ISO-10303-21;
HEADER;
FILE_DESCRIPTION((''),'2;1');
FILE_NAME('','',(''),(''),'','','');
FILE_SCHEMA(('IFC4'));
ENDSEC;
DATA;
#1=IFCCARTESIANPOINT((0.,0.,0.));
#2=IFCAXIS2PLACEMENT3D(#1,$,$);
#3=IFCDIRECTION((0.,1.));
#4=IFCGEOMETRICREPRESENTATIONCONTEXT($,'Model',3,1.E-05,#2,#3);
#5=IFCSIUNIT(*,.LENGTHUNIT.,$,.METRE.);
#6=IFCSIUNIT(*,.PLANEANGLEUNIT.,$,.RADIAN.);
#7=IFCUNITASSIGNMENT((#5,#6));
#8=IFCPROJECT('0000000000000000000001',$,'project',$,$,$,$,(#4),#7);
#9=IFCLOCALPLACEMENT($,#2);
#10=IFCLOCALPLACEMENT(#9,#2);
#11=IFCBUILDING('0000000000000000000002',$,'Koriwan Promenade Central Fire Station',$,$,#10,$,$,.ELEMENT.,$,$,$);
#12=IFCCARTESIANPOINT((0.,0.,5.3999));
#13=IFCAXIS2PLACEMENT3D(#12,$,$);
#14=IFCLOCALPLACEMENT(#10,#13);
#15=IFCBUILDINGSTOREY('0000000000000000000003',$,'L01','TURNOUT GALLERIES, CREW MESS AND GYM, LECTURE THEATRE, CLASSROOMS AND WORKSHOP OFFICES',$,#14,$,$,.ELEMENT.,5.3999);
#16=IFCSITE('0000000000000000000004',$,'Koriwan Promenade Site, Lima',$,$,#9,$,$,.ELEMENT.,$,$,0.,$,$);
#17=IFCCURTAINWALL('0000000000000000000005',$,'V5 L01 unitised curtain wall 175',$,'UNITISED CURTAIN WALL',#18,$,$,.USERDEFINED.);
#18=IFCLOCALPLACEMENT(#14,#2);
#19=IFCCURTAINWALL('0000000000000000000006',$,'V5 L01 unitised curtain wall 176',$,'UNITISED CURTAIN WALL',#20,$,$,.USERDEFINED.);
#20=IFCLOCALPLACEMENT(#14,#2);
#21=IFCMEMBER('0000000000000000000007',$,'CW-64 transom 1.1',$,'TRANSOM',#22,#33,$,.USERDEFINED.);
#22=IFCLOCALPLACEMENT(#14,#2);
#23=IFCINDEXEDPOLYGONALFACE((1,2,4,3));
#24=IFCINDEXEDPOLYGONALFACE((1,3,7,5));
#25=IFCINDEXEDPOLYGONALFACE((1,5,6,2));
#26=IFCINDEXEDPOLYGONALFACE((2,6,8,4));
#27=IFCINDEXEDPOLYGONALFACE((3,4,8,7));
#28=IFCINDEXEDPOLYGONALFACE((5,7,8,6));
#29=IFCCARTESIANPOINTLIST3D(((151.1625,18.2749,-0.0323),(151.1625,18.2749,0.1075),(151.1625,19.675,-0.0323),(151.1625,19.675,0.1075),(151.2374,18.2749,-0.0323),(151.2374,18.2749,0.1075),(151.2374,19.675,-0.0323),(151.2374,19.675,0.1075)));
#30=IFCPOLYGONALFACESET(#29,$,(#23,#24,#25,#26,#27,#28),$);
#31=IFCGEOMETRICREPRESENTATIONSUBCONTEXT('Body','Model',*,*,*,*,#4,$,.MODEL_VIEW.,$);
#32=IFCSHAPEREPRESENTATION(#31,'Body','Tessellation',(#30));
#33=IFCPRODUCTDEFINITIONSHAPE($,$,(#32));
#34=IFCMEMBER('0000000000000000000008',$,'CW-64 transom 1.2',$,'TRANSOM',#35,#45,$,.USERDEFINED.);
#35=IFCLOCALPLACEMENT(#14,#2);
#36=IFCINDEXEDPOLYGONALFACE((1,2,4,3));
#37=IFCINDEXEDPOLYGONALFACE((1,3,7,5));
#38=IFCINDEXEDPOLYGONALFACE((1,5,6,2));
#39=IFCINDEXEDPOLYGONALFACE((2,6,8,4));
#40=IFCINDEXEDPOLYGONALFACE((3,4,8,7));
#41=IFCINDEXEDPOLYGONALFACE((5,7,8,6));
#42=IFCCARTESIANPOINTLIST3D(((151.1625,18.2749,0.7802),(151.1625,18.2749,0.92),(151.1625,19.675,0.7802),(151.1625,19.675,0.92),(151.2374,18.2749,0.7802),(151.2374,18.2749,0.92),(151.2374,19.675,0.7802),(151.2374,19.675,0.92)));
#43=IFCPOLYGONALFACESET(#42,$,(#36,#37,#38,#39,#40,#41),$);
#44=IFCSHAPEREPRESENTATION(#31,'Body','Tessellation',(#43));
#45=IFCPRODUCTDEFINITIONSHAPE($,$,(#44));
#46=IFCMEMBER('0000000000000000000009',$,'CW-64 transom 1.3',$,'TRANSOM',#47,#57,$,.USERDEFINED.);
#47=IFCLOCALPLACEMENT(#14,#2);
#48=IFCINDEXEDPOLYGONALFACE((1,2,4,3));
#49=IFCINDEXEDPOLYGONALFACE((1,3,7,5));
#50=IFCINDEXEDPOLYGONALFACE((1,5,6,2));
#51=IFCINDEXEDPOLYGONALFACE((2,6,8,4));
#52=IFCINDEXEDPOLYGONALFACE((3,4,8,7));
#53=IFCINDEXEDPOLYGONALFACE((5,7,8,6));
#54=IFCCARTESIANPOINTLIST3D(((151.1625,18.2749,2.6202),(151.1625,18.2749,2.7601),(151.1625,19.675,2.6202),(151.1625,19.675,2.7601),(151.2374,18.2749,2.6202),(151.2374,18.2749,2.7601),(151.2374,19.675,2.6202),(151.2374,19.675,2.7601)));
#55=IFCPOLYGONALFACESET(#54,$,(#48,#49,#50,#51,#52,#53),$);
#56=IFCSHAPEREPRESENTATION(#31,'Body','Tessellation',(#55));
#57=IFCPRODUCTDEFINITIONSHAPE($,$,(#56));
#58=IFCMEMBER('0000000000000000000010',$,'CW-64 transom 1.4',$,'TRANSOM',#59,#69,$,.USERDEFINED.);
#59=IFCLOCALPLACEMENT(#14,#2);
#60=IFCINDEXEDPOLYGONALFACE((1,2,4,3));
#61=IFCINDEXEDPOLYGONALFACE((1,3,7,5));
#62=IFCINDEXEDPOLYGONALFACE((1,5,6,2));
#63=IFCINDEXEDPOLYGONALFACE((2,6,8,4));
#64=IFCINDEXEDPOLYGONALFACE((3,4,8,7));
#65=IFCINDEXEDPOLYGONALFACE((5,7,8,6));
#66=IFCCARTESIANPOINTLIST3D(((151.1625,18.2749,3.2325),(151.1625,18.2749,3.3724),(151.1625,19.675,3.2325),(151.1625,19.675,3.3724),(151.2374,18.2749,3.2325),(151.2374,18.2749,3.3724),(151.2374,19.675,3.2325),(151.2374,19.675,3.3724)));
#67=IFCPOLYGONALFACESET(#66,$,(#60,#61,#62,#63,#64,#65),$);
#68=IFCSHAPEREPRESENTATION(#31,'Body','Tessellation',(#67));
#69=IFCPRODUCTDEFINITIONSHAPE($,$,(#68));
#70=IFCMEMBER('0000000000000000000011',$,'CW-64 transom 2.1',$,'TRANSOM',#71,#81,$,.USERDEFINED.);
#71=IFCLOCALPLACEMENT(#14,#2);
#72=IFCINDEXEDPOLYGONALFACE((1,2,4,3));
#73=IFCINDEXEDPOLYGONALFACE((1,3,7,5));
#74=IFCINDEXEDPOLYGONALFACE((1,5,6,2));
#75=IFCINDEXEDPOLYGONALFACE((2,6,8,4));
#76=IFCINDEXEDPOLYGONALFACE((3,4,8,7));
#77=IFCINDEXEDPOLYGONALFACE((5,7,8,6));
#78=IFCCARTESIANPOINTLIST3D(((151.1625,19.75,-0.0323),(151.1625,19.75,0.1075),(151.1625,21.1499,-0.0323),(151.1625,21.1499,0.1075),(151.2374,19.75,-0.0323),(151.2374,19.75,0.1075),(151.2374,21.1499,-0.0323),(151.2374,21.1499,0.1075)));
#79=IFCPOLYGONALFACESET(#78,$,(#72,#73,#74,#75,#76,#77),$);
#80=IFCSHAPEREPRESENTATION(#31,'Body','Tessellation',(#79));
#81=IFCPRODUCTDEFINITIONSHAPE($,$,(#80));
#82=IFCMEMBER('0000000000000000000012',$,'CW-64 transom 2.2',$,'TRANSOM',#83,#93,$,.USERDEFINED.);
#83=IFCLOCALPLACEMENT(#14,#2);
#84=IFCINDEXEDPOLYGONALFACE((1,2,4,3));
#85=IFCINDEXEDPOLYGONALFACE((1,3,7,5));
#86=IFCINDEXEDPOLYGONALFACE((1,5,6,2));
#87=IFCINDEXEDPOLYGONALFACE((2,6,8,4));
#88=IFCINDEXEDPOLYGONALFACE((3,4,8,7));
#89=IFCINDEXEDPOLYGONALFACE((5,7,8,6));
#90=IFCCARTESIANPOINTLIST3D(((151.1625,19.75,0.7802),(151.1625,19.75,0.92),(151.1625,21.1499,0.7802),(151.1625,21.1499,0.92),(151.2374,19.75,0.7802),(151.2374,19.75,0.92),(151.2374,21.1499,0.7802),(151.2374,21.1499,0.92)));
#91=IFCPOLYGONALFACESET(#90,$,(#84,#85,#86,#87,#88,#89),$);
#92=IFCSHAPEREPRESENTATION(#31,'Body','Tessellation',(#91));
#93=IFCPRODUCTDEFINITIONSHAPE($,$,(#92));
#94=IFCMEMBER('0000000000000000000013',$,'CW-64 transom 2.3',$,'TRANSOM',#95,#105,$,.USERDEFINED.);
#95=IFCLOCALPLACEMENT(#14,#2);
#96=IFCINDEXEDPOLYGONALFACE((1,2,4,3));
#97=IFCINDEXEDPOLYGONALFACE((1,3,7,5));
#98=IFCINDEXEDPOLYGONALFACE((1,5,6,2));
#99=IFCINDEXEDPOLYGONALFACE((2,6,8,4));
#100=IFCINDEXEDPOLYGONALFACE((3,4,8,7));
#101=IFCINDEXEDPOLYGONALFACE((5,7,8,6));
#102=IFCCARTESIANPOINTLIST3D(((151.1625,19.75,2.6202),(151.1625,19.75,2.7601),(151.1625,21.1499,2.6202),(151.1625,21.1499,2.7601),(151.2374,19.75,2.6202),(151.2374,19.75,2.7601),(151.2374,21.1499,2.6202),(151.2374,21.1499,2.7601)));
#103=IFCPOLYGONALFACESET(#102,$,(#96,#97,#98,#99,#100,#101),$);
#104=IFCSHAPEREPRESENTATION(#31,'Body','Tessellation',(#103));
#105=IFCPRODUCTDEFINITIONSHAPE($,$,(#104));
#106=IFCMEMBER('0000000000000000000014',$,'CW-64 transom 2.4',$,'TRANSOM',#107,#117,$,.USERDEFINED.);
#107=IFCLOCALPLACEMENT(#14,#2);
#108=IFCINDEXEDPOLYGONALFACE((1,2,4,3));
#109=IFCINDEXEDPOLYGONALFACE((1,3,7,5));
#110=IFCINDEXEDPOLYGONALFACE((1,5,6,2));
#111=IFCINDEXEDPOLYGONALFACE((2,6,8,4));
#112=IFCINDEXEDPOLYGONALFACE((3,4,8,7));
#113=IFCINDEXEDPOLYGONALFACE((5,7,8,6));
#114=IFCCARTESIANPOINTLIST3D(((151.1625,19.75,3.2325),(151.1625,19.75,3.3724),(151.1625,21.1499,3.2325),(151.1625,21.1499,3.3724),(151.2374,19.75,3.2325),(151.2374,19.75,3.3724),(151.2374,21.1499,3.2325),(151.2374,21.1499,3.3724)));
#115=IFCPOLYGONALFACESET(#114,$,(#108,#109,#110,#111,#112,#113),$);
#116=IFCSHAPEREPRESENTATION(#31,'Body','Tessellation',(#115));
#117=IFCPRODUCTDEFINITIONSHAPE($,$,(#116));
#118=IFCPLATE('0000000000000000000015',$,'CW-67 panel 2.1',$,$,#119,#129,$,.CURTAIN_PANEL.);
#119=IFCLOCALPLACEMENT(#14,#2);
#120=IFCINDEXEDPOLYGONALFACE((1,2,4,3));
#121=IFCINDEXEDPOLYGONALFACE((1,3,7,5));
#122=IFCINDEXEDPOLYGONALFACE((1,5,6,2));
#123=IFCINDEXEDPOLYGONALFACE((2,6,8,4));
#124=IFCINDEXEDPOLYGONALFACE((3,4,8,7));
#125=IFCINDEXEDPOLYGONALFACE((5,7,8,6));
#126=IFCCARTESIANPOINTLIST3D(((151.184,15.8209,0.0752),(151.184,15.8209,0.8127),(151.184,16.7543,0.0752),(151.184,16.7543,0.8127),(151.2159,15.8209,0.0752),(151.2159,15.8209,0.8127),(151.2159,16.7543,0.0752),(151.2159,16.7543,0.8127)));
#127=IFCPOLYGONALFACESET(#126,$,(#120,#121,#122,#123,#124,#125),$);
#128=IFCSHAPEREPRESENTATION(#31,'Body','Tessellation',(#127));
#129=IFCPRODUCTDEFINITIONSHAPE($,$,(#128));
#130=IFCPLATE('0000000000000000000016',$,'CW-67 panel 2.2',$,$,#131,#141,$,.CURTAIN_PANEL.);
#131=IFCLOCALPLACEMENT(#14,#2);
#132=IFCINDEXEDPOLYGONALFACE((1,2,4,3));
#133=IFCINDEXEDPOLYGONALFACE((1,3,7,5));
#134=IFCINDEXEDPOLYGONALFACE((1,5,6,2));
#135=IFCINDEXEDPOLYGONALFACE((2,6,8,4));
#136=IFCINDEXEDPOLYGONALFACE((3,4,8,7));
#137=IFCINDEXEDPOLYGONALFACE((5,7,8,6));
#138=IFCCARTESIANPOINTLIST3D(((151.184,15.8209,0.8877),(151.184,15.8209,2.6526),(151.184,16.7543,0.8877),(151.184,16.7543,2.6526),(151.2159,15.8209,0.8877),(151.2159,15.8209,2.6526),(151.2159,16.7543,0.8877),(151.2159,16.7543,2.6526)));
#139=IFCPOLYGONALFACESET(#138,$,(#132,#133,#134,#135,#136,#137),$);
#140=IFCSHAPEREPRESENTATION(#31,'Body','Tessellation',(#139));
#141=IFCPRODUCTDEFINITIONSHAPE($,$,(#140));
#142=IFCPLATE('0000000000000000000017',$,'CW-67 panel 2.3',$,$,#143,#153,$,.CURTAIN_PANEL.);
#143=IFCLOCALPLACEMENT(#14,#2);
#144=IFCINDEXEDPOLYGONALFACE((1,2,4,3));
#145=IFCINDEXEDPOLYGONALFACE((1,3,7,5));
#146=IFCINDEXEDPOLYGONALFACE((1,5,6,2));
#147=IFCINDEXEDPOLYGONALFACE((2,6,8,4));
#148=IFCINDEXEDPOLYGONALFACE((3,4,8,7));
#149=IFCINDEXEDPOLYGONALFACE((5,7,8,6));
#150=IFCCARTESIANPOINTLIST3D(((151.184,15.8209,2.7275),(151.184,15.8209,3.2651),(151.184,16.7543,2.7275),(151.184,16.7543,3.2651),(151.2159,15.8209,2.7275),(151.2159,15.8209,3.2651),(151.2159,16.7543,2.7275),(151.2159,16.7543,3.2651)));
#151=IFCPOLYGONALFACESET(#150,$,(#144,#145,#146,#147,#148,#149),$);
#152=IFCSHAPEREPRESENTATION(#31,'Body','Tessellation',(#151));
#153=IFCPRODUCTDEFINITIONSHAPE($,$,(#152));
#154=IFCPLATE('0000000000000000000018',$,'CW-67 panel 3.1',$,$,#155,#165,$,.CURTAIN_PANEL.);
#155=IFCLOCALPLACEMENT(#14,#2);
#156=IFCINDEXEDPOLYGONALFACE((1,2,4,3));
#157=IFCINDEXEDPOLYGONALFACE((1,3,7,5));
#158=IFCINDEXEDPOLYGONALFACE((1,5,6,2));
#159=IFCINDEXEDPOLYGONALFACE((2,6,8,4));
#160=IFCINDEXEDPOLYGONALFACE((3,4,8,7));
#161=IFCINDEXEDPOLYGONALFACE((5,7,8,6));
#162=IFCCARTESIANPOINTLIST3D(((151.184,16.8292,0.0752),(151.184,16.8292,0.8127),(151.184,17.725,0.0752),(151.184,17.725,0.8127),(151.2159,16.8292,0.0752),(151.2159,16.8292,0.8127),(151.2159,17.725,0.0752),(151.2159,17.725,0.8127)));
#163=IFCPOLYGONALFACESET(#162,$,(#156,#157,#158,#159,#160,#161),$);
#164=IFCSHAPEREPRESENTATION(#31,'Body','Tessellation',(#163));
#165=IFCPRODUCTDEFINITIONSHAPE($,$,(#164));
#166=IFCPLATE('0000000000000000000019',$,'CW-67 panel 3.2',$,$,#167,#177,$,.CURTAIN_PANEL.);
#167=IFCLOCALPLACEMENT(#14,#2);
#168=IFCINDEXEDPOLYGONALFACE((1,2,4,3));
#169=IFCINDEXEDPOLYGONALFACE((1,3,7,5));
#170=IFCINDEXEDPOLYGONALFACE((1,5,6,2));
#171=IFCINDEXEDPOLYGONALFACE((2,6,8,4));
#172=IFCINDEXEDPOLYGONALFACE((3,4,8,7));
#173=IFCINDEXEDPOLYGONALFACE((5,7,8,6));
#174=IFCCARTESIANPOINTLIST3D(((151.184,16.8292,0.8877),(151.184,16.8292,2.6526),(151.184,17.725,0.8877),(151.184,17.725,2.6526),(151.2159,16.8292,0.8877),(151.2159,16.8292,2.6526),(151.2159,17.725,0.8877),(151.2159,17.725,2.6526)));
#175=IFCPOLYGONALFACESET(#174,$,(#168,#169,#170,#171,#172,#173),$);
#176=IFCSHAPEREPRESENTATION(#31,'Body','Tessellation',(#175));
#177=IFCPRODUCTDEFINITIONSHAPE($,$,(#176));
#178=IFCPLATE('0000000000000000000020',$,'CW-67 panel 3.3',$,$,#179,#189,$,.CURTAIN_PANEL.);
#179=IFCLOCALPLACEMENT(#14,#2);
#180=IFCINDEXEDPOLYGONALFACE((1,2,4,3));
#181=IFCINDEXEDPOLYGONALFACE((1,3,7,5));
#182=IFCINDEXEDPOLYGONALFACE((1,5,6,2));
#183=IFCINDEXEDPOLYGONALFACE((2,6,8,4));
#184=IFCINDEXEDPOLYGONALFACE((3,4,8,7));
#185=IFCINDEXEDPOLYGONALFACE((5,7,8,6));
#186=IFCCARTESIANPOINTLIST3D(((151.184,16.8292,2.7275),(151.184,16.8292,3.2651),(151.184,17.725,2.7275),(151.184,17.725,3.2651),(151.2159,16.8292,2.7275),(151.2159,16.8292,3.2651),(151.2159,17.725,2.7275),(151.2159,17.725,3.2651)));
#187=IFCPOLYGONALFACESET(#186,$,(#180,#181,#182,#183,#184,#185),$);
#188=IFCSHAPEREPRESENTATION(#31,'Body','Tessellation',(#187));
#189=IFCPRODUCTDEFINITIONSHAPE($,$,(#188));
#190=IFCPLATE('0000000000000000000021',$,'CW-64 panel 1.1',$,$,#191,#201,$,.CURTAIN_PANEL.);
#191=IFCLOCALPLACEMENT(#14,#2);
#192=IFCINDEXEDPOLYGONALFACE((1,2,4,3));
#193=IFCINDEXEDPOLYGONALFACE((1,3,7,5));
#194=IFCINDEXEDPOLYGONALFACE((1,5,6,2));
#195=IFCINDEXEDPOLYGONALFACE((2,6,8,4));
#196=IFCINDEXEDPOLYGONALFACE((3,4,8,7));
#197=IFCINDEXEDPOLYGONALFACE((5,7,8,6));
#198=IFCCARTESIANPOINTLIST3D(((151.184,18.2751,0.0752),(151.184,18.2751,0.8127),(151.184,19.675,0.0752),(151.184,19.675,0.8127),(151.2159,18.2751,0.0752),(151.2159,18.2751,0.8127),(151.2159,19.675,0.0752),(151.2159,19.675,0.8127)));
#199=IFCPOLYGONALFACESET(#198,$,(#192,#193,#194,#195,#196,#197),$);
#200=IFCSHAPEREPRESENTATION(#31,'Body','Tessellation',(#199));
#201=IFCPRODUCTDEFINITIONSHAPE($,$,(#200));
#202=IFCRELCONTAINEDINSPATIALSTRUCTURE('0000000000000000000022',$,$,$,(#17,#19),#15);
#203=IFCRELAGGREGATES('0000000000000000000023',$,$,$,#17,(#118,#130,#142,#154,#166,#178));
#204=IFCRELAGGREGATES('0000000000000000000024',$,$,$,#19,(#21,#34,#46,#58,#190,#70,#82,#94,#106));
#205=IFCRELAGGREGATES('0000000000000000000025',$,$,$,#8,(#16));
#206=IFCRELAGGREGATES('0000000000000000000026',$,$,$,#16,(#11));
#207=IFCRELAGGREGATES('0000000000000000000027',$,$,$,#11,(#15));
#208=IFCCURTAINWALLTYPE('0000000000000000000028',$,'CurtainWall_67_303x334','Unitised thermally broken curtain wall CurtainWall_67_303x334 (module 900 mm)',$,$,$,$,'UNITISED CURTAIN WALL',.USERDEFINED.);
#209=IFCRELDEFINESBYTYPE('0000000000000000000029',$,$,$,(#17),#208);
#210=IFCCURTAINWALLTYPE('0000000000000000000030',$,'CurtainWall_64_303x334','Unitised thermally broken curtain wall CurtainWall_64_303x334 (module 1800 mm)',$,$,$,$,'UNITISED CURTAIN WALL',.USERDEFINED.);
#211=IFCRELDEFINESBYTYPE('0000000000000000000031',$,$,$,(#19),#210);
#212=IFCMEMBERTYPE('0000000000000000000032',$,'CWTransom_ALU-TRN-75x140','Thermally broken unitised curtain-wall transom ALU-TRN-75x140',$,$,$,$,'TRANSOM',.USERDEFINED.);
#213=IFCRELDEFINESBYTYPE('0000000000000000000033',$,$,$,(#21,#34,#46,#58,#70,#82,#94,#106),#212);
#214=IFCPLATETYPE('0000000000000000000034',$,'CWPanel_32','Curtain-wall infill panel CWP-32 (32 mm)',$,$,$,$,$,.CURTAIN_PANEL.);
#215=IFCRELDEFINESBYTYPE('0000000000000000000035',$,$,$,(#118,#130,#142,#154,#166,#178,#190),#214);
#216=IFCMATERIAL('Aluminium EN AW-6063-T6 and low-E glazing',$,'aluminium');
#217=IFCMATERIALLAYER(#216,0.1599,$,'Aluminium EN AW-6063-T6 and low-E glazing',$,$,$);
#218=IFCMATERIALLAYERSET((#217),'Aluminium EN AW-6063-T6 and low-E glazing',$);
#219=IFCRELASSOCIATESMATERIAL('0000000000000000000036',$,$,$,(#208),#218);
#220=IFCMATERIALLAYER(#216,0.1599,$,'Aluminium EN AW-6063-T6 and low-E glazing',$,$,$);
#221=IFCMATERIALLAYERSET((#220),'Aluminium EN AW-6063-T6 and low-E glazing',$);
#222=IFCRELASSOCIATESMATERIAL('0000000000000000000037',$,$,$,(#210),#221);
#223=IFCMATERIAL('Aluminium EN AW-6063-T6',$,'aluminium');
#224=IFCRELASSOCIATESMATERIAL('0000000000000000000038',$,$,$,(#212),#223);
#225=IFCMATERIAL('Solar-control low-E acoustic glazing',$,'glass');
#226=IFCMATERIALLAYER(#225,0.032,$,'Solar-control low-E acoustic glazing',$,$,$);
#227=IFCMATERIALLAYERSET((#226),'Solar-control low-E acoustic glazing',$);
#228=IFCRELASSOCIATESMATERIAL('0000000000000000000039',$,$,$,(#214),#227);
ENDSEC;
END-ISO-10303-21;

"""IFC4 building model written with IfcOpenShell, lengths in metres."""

from ifc_helpers import new_model, si_unit, direction, frame, origin, origin_2d, place, context, subcontext, project, spatial, rectangle, extrude, material, layer, layer_set, material_profile, profile_set, type_object, element, aggregate, save


model = new_model("IFC4")

# Units and contexts
model_context = context("Model", 3, precision=1e-05, world=origin(), true_north=direction((0.0, 1.0)))
body_context = subcontext(model_context, "Body", "Model", "MODEL_VIEW")
ifc_project = project(units=[si_unit("LENGTHUNIT", "METRE"), si_unit("PLANEANGLEUNIT", "RADIAN")], contexts=[model_context])

# Site, building, storey
site_placement = place(None, origin())
site = spatial("IfcSite", under=ifc_project, at=site_placement, Name="Koriwan Promenade Site, Lima", CompositionType="ELEMENT", RefElevation=0.0)
building_placement = place(site_placement, origin())
building = spatial("IfcBuilding", under=site, at=building_placement, Name="Koriwan Promenade Central Fire Station", CompositionType="ELEMENT")
storey_placement = place(building_placement, frame((0.0, 0.0, 5.3999)))
storey = spatial("IfcBuildingStorey", under=building, at=storey_placement, Name="L01", Description="TURNOUT GALLERIES, CREW MESS AND GYM, LECTURE THEATRE, CLASSROOMS AND WORKSHOP OFFICES", CompositionType="ELEMENT", Elevation=5.3999)

# Curtain walls
ifc_material_1 = material(Name="Aluminium EN AW-6063-T6 and low-E glazing", Category="aluminium")
ifc_layer_1 = layer(ifc_material_1, 0.1599, Name="Aluminium EN AW-6063-T6 and low-E glazing")
ifc_layer_set_1 = layer_set([ifc_layer_1], Name="Aluminium EN AW-6063-T6 and low-E glazing")
curtain_wall_type_1 = type_object("IfcCurtainWallType", Name="CurtainWall_67_303x334", Description="Unitised thermally broken curtain wall CurtainWall_67_303x334 (module 900 mm)", ElementType="UNITISED CURTAIN WALL", PredefinedType="USERDEFINED", material=ifc_layer_set_1)
curtain_wall_1_placement = place(storey_placement, origin())
curtain_wall_1 = element("IfcCurtainWall", 1, at=curtain_wall_1_placement, inside=storey, type_object=curtain_wall_type_1, Name="V5 L01 unitised curtain wall 175", ObjectType="UNITISED CURTAIN WALL", PredefinedType="USERDEFINED")
ifc_material_2 = material(Name="Aluminium EN AW-6063-T6", Category="aluminium")
ifc_layer_2 = layer(ifc_material_1, 0.1599, Name="Aluminium EN AW-6063-T6 and low-E glazing")
ifc_layer_set_2 = layer_set([ifc_layer_2], Name="Aluminium EN AW-6063-T6 and low-E glazing")
curtain_wall_type_2 = type_object("IfcCurtainWallType", Name="CurtainWall_64_303x334", Description="Unitised thermally broken curtain wall CurtainWall_64_303x334 (module 1800 mm)", ElementType="UNITISED CURTAIN WALL", PredefinedType="USERDEFINED", material=ifc_layer_set_2)
curtain_wall_2_placement = place(storey_placement, origin())
curtain_wall_2 = element("IfcCurtainWall", 2, at=curtain_wall_2_placement, inside=storey, type_object=curtain_wall_type_2, Name="V5 L01 unitised curtain wall 176", ObjectType="UNITISED CURTAIN WALL", PredefinedType="USERDEFINED")

# Members
ifc_material_profile_1 = material_profile(ifc_material_2, rectangle(XDim=0.075, YDim=0.1399, at=origin_2d()), Name="ALU-TRN-75x140")
ifc_profile_set_1 = profile_set([ifc_material_profile_1], Name="Aluminium EN AW-6063-T6")
member_type_1 = type_object("IfcMemberType", Name="CWTransom_ALU-TRN-75x140", Description="Thermally broken unitised curtain-wall transom ALU-TRN-75x140", ElementType="TRANSOM", PredefinedType="USERDEFINED", material=ifc_profile_set_1)
member_1_placement = place(storey_placement, frame((151.2, 18.2749, 0.0376), z_axis=(0.0, 1.0, 0.0), x_axis=(-1.0, 0.0, 0.0)))
member_1 = element("IfcMember", 3, at=member_1_placement, type_object=member_type_1, Name="CW-64 transom 1.1", ObjectType="TRANSOM", PredefinedType="USERDEFINED", context=body_context, shape_type="SweptSolid", body=[
    extrude(rectangle(XDim=0.075, YDim=0.1399, at=origin_2d()), origin(), (0.0, 0.0, 1.0), 1.4001),
])
member_2_placement = place(storey_placement, frame((151.2, 18.2749, 0.8501), z_axis=(0.0, 1.0, 0.0), x_axis=(-1.0, 0.0, 0.0)))
member_2 = element("IfcMember", 4, at=member_2_placement, type_object=member_type_1, Name="CW-64 transom 1.2", ObjectType="TRANSOM", PredefinedType="USERDEFINED", context=body_context, shape_type="SweptSolid", body=[
    extrude(rectangle(XDim=0.075, YDim=0.1399, at=origin_2d()), origin(), (0.0, 0.0, 1.0), 1.4001),
])
member_3_placement = place(storey_placement, frame((151.2, 18.2749, 2.6902), z_axis=(0.0, 1.0, 0.0), x_axis=(-1.0, 0.0, 0.0)))
member_3 = element("IfcMember", 5, at=member_3_placement, type_object=member_type_1, Name="CW-64 transom 1.3", ObjectType="TRANSOM", PredefinedType="USERDEFINED", context=body_context, shape_type="SweptSolid", body=[
    extrude(rectangle(XDim=0.075, YDim=0.1399, at=origin_2d()), origin(), (0.0, 0.0, 1.0), 1.4001),
])
member_4_placement = place(storey_placement, frame((151.2, 18.2749, 3.3025), z_axis=(0.0, 1.0, 0.0), x_axis=(-1.0, 0.0, 0.0)))
member_4 = element("IfcMember", 6, at=member_4_placement, type_object=member_type_1, Name="CW-64 transom 1.4", ObjectType="TRANSOM", PredefinedType="USERDEFINED", context=body_context, shape_type="SweptSolid", body=[
    extrude(rectangle(XDim=0.075, YDim=0.1399, at=origin_2d()), origin(), (0.0, 0.0, 1.0), 1.4001),
])
member_5_placement = place(storey_placement, frame((151.2, 19.75, 0.0376), z_axis=(0.0, 1.0, 0.0), x_axis=(-1.0, 0.0, 0.0)))
member_5 = element("IfcMember", 7, at=member_5_placement, type_object=member_type_1, Name="CW-64 transom 2.1", ObjectType="TRANSOM", PredefinedType="USERDEFINED", context=body_context, shape_type="SweptSolid", body=[
    extrude(rectangle(XDim=0.075, YDim=0.1399, at=origin_2d()), origin(), (0.0, 0.0, 1.0), 1.3999),
])
member_6_placement = place(storey_placement, frame((151.2, 19.75, 0.8501), z_axis=(0.0, 1.0, 0.0), x_axis=(-1.0, 0.0, 0.0)))
member_6 = element("IfcMember", 8, at=member_6_placement, type_object=member_type_1, Name="CW-64 transom 2.2", ObjectType="TRANSOM", PredefinedType="USERDEFINED", context=body_context, shape_type="SweptSolid", body=[
    extrude(rectangle(XDim=0.075, YDim=0.1399, at=origin_2d()), origin(), (0.0, 0.0, 1.0), 1.3999),
])
member_7_placement = place(storey_placement, frame((151.2, 19.75, 2.6902), z_axis=(0.0, 1.0, 0.0), x_axis=(-1.0, 0.0, 0.0)))
member_7 = element("IfcMember", 9, at=member_7_placement, type_object=member_type_1, Name="CW-64 transom 2.3", ObjectType="TRANSOM", PredefinedType="USERDEFINED", context=body_context, shape_type="SweptSolid", body=[
    extrude(rectangle(XDim=0.075, YDim=0.1399, at=origin_2d()), origin(), (0.0, 0.0, 1.0), 1.3999),
])
member_8_placement = place(storey_placement, frame((151.2, 19.75, 3.3025), z_axis=(0.0, 1.0, 0.0), x_axis=(-1.0, 0.0, 0.0)))
member_8 = element("IfcMember", 10, at=member_8_placement, type_object=member_type_1, Name="CW-64 transom 2.4", ObjectType="TRANSOM", PredefinedType="USERDEFINED", context=body_context, shape_type="SweptSolid", body=[
    extrude(rectangle(XDim=0.075, YDim=0.1399, at=origin_2d()), origin(), (0.0, 0.0, 1.0), 1.3999),
])

# Plates
ifc_material_3 = material(Name="Solar-control low-E acoustic glazing", Category="glass")
ifc_layer_3 = layer(ifc_material_3, 0.032, Name="Solar-control low-E acoustic glazing")
ifc_layer_set_3 = layer_set([ifc_layer_3], Name="Solar-control low-E acoustic glazing")
plate_type = type_object("IfcPlateType", Name="CWPanel_32", Description="Curtain-wall infill panel CWP-32 (32 mm)", PredefinedType="CURTAIN_PANEL", material=ifc_layer_set_3)
plate_1_placement = place(storey_placement, frame((151.2, 16.2876, 0.0752), z_axis=(0.0, 0.0, 1.0), x_axis=(0.0, 1.0, 0.0)))
plate_1 = element("IfcPlate", 11, at=plate_1_placement, type_object=plate_type, Name="CW-67 panel 2.1", PredefinedType="CURTAIN_PANEL", context=body_context, shape_type="SweptSolid", body=[
    extrude(rectangle(XDim=0.9333, YDim=0.032, at=origin_2d()), origin(), (0.0, 0.0, 1.0), 0.7375),
])
plate_2_placement = place(storey_placement, frame((151.2, 16.2876, 0.8877), z_axis=(0.0, 0.0, 1.0), x_axis=(0.0, 1.0, 0.0)))
plate_2 = element("IfcPlate", 12, at=plate_2_placement, type_object=plate_type, Name="CW-67 panel 2.2", PredefinedType="CURTAIN_PANEL", context=body_context, shape_type="SweptSolid", body=[
    extrude(rectangle(XDim=0.9333, YDim=0.032, at=origin_2d()), origin(), (0.0, 0.0, 1.0), 1.7649),
])
plate_3_placement = place(storey_placement, frame((151.2, 16.2876, 2.7275), z_axis=(0.0, 0.0, 1.0), x_axis=(0.0, 1.0, 0.0)))
plate_3 = element("IfcPlate", 13, at=plate_3_placement, type_object=plate_type, Name="CW-67 panel 2.3", PredefinedType="CURTAIN_PANEL", context=body_context, shape_type="SweptSolid", body=[
    extrude(rectangle(XDim=0.9333, YDim=0.032, at=origin_2d()), origin(), (0.0, 0.0, 1.0), 0.5376),
])
plate_4_placement = place(storey_placement, frame((151.2, 17.2771, 0.0752), z_axis=(0.0, 0.0, 1.0), x_axis=(0.0, 1.0, 0.0)))
plate_4 = element("IfcPlate", 14, at=plate_4_placement, type_object=plate_type, Name="CW-67 panel 3.1", PredefinedType="CURTAIN_PANEL", context=body_context, shape_type="SweptSolid", body=[
    extrude(rectangle(XDim=0.8958, YDim=0.032, at=origin_2d()), origin(), (0.0, 0.0, 1.0), 0.7375),
])
plate_5_placement = place(storey_placement, frame((151.2, 17.2771, 0.8877), z_axis=(0.0, 0.0, 1.0), x_axis=(0.0, 1.0, 0.0)))
plate_5 = element("IfcPlate", 15, at=plate_5_placement, type_object=plate_type, Name="CW-67 panel 3.2", PredefinedType="CURTAIN_PANEL", context=body_context, shape_type="SweptSolid", body=[
    extrude(rectangle(XDim=0.8958, YDim=0.032, at=origin_2d()), origin(), (0.0, 0.0, 1.0), 1.7649),
])
plate_6_placement = place(storey_placement, frame((151.2, 17.2771, 2.7275), z_axis=(0.0, 0.0, 1.0), x_axis=(0.0, 1.0, 0.0)))
plate_6 = element("IfcPlate", 16, at=plate_6_placement, type_object=plate_type, Name="CW-67 panel 3.3", PredefinedType="CURTAIN_PANEL", context=body_context, shape_type="SweptSolid", body=[
    extrude(rectangle(XDim=0.8958, YDim=0.032, at=origin_2d()), origin(), (0.0, 0.0, 1.0), 0.5376),
])
aggregate(curtain_wall_1, [plate_1, plate_2, plate_3, plate_4, plate_5, plate_6])
plate_7_placement = place(storey_placement, frame((151.2, 18.9751, 0.0752), z_axis=(0.0, 0.0, 1.0), x_axis=(0.0, 1.0, 0.0)))
plate_7 = element("IfcPlate", 17, at=plate_7_placement, type_object=plate_type, Name="CW-64 panel 1.1", PredefinedType="CURTAIN_PANEL", context=body_context, shape_type="SweptSolid", body=[
    extrude(rectangle(XDim=1.3999, YDim=0.032, at=origin_2d()), origin(), (0.0, 0.0, 1.0), 0.7375),
])
aggregate(curtain_wall_2, [member_1, member_2, member_3, member_4, plate_7, member_5, member_6, member_7, member_8])

save(model, "model.ifc")
